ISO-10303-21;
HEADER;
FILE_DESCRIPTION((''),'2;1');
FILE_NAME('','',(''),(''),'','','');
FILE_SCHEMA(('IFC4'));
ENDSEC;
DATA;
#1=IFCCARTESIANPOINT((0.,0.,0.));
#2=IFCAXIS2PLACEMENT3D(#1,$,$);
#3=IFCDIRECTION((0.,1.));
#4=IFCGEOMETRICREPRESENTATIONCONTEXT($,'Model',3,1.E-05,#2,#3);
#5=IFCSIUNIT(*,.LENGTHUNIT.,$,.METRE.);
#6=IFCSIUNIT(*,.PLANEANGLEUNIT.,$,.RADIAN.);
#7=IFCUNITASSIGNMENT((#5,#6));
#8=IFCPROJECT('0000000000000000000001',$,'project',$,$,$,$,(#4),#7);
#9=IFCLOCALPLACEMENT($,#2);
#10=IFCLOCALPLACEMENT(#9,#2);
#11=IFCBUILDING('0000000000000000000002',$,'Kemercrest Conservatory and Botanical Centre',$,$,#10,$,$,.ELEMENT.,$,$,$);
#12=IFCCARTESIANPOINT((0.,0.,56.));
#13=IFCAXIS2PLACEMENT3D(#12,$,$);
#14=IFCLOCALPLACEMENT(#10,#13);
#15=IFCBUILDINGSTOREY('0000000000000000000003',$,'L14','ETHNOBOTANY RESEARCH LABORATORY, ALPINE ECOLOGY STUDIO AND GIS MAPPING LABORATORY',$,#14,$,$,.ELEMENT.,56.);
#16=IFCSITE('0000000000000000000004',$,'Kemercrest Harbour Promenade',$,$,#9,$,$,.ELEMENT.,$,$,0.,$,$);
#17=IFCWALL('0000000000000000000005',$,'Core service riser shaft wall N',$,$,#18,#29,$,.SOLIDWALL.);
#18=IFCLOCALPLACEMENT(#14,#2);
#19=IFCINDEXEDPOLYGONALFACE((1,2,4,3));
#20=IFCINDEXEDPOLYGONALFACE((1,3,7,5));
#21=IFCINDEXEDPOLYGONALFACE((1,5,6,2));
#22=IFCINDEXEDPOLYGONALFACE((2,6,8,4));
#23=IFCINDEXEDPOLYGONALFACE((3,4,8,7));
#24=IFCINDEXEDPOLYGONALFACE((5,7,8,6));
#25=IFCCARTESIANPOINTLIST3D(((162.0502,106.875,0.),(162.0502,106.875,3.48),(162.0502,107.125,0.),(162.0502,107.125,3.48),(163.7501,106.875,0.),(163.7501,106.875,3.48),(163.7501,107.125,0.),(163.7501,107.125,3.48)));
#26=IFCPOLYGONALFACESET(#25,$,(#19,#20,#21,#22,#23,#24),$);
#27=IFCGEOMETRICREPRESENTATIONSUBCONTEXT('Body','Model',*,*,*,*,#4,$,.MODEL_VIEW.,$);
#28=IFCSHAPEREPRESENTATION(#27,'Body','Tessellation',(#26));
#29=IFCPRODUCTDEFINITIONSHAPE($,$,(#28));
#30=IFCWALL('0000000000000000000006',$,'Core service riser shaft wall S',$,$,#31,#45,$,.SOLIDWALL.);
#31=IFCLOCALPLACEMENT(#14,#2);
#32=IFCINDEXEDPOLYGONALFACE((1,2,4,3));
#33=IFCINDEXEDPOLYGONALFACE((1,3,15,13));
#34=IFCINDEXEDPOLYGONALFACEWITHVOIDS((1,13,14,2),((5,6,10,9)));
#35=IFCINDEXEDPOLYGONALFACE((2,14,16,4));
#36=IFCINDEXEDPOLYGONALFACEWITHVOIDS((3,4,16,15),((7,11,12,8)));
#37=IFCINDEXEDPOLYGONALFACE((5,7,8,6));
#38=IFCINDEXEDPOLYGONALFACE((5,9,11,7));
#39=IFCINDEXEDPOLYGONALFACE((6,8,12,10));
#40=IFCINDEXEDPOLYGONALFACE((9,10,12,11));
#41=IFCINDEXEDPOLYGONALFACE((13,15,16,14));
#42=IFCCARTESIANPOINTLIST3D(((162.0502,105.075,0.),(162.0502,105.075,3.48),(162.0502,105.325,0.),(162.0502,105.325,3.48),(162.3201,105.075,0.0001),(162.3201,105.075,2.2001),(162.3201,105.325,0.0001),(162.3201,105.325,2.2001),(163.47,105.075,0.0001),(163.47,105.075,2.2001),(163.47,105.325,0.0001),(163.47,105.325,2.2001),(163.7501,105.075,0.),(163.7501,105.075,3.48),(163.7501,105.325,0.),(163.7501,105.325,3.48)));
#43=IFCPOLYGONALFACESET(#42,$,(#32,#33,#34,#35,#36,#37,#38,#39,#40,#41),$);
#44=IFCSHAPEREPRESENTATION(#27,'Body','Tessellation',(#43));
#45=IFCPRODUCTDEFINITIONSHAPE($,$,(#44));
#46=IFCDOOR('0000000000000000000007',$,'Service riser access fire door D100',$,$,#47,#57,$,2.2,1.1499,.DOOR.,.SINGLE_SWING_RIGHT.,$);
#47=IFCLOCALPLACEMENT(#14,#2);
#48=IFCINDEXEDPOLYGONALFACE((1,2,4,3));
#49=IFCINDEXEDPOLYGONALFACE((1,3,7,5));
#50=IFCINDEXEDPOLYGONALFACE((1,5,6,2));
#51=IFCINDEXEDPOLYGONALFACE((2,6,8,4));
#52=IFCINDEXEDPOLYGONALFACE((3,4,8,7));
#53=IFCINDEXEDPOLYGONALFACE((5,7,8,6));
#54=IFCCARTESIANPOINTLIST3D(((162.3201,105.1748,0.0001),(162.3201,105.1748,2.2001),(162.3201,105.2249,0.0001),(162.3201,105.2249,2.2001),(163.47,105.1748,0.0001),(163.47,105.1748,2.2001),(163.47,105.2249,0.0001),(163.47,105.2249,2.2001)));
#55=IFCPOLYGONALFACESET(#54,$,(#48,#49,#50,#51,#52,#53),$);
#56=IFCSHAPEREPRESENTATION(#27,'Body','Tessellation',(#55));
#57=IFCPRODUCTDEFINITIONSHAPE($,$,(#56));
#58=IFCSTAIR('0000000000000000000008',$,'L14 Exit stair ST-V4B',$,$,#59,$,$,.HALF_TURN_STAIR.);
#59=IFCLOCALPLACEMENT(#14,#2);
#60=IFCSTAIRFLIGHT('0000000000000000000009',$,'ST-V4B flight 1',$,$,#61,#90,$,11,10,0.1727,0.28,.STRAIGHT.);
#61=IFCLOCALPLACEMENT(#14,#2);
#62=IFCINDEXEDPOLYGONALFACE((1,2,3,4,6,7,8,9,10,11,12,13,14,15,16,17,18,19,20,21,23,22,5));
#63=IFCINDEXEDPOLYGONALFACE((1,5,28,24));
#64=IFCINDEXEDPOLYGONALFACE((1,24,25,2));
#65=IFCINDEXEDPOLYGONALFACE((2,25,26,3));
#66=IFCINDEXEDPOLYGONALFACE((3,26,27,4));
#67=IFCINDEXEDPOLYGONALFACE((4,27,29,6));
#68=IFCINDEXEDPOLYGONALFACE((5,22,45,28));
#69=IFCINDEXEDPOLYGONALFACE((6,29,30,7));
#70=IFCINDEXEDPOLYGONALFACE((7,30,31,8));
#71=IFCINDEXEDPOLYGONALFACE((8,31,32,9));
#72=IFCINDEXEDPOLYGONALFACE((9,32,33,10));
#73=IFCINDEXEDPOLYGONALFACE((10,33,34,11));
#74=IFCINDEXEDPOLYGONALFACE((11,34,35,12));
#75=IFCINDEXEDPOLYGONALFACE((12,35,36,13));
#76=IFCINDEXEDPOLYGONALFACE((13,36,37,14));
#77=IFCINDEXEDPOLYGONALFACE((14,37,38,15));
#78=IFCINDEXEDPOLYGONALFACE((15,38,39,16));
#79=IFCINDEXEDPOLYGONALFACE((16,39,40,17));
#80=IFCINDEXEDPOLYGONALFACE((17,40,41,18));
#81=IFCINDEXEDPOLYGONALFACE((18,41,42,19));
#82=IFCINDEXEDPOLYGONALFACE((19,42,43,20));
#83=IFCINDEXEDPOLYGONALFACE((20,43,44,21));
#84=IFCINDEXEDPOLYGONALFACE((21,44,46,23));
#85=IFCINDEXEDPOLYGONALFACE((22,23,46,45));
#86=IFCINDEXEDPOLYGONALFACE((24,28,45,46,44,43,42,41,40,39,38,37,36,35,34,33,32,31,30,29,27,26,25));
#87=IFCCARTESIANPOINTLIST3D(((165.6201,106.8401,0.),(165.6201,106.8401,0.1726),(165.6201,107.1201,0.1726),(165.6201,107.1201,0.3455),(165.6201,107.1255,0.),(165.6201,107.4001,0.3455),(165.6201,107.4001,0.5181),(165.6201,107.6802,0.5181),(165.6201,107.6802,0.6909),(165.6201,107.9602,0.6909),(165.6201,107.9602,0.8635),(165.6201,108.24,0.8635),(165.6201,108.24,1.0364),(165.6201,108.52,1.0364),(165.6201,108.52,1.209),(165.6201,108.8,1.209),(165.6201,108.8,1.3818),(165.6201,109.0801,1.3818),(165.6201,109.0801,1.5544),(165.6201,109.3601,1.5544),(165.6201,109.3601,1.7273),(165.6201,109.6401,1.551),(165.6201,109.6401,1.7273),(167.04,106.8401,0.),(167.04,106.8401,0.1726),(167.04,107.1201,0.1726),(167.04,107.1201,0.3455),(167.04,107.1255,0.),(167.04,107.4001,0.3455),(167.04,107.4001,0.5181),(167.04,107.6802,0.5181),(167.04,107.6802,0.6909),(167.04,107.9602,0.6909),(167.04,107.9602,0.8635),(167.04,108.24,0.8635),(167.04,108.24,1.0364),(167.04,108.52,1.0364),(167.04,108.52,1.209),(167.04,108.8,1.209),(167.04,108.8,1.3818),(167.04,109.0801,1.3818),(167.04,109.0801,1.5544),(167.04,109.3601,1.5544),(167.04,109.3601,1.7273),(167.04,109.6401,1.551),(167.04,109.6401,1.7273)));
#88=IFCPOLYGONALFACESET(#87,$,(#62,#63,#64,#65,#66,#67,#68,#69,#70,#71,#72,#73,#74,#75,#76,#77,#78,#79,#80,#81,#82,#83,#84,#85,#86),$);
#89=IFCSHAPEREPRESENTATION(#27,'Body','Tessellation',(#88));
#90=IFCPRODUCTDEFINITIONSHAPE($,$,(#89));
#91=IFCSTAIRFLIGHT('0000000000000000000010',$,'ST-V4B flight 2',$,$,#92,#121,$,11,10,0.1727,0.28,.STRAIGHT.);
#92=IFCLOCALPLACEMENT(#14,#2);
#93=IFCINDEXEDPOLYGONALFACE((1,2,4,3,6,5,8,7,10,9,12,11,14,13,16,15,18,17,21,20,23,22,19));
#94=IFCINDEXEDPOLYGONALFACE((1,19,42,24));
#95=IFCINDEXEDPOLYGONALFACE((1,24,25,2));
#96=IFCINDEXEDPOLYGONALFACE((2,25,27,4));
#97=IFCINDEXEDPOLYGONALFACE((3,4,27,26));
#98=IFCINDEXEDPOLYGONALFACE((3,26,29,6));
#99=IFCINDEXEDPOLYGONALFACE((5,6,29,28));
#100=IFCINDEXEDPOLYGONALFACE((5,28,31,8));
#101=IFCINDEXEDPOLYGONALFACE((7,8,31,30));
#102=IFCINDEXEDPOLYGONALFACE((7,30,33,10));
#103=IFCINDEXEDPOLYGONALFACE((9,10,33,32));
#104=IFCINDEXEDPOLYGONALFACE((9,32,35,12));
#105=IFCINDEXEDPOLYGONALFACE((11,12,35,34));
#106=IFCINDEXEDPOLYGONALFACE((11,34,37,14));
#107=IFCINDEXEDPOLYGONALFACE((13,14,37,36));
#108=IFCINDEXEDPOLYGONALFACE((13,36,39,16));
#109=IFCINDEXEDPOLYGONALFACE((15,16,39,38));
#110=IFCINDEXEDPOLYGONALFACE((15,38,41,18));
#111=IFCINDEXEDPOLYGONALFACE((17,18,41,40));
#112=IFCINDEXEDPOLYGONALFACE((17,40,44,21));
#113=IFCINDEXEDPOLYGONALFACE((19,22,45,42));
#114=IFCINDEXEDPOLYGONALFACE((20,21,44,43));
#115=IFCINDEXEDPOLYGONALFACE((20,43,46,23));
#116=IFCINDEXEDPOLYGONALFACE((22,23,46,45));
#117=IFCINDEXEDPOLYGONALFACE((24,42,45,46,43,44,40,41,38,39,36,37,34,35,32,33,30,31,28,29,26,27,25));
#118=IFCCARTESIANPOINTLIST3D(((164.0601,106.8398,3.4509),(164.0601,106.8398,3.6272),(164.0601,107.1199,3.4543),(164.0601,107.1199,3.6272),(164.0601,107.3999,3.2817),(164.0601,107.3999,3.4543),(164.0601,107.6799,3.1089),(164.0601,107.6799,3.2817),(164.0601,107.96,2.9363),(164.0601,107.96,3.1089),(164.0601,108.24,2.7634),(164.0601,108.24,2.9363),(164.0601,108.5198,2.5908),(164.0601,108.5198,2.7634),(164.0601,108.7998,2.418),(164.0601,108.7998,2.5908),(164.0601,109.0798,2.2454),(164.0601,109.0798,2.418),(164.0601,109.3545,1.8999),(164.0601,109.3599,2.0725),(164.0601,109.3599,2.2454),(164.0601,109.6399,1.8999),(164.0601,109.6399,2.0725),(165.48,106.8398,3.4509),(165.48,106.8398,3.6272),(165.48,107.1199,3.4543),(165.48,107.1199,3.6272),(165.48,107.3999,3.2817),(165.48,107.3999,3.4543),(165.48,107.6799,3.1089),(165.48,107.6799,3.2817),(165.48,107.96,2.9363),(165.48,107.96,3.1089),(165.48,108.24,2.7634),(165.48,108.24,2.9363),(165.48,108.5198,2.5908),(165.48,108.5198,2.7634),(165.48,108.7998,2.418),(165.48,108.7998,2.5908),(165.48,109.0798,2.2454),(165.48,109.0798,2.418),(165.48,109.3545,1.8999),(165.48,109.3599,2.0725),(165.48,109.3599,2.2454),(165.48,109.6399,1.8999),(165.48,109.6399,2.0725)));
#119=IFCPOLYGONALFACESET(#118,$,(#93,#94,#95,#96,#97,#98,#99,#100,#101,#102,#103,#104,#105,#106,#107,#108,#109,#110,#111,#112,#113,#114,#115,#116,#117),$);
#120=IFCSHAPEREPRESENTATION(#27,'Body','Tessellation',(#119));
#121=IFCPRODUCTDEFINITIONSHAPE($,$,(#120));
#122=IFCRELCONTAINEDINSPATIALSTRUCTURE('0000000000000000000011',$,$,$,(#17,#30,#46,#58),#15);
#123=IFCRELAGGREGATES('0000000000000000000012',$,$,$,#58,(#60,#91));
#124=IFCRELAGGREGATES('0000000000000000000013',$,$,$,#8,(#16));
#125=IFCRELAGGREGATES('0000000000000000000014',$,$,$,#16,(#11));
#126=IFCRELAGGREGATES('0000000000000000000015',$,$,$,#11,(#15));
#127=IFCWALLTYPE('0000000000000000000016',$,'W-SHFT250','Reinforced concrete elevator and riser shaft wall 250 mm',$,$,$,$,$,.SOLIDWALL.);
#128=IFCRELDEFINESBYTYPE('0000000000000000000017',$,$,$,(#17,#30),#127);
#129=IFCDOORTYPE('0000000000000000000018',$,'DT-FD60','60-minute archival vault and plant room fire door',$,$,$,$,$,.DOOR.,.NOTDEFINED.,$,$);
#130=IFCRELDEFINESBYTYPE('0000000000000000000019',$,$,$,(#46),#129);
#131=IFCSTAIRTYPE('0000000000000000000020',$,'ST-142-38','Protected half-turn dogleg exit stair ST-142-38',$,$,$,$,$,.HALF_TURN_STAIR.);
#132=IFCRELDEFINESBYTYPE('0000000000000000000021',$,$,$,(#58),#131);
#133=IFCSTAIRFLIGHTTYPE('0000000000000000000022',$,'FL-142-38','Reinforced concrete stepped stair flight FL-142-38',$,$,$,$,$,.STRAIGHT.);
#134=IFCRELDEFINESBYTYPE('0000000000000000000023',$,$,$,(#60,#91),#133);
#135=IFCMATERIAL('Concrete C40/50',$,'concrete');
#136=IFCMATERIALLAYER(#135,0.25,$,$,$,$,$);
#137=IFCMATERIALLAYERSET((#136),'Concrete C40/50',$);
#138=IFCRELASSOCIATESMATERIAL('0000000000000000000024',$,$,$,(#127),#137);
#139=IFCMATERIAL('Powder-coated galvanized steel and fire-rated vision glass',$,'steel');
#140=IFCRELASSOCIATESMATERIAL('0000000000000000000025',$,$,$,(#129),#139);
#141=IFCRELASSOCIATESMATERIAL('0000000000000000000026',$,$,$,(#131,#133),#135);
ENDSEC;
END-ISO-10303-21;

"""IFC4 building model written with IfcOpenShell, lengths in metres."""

from ifc_helpers import new_model, si_unit, direction, frame, frame_2d, origin, place, context, subcontext, project, spatial, polyline, rectangle, outline, extrude, material, layer, layer_set, type_object, element, fill, aggregate, save


model = new_model("IFC4")

# Units and contexts
model_context = context("Model", 3, precision=1e-05, world=origin(), true_north=direction((0.0, 1.0)))
body_context = subcontext(model_context, "Body", "Model", "MODEL_VIEW")
ifc_project = project(units=[si_unit("LENGTHUNIT", "METRE"), si_unit("PLANEANGLEUNIT", "RADIAN")], contexts=[model_context])

# Site, building, storey
site_placement = place(None, origin())
site = spatial("IfcSite", under=ifc_project, at=site_placement, Name="Kemercrest Harbour Promenade", CompositionType="ELEMENT", RefElevation=0.0)
building_placement = place(site_placement, origin())
building = spatial("IfcBuilding", under=site, at=building_placement, Name="Kemercrest Conservatory and Botanical Centre", CompositionType="ELEMENT")
storey_placement = place(building_placement, frame((0.0, 0.0, 56.0)))
storey = spatial("IfcBuildingStorey", under=building, at=storey_placement, Name="L14", Description="ETHNOBOTANY RESEARCH LABORATORY, ALPINE ECOLOGY STUDIO AND GIS MAPPING LABORATORY", CompositionType="ELEMENT", Elevation=56.0)

# Shared definitions
ifc_material_1 = material(Name="Powder-coated galvanized steel and fire-rated vision glass", Category="steel")

# Shared definitions
ifc_material_2 = material(Name="Concrete C40/50", Category="concrete")
ifc_layer_1 = layer(ifc_material_2, 0.25)
ifc_layer_set_1 = layer_set([ifc_layer_1], Name="Concrete C40/50")
wall_type_1 = type_object("IfcWallType", Name="W-SHFT250", Description="Reinforced concrete elevator and riser shaft wall 250 mm", PredefinedType="SOLIDWALL", material=ifc_layer_set_1)

# Wall
wall_1_placement = place(storey_placement, frame((162.05, 107.0, 0.0), z_axis=(0.0, 0.0, 1.0), x_axis=(1.0, 0.0, 0.0)))
element("IfcWall", 1, at=wall_1_placement, inside=storey, type_object=wall_type_1, Name="Core service riser shaft wall N", PredefinedType="SOLIDWALL", context=body_context, shape_type="SweptSolid", body=[
    extrude(rectangle(XDim=1.7, YDim=0.25, at=frame_2d((0.8501, 0.0))), origin(), (0.0, 0.0, 1.0), 3.48),
])

# Wall, opening, door
wall_2_placement = place(storey_placement, frame((162.05, 105.2, 0.0), z_axis=(0.0, 0.0, 1.0), x_axis=(1.0, 0.0, 0.0)))
wall_2 = element("IfcWall", 2, at=wall_2_placement, inside=storey, type_object=wall_type_1, Name="Core service riser shaft wall S", PredefinedType="SOLIDWALL", context=body_context, shape_type="SweptSolid", body=[
    extrude(rectangle(XDim=1.7, YDim=0.25, at=frame_2d((0.8501, 0.0))), origin(), (0.0, 0.0, 1.0), 3.48),
])
opening_1_placement = place(wall_2_placement, frame((0.27, 0.0, 0.0)))
opening_1 = element("IfcOpeningElement", 3, at=opening_1_placement, cuts=wall_2, PredefinedType="OPENING", context=body_context, shape_type="SweptSolid", body=[
    extrude(rectangle(XDim=1.1499, YDim=2.2, at=frame_2d((0.575, 1.1001))), frame((0.0, 0.135, 0.0), z_axis=(0.0, -1.0, 0.0), x_axis=(1.0, 0.0, 0.0)), (0.0, 0.0, 1.0), 0.27),
])
door_type_1 = type_object("IfcDoorType", Name="DT-FD60", Description="60-minute archival vault and plant room fire door", OperationType="NOTDEFINED", PredefinedType="DOOR", material=ifc_material_1)
door_1_placement = place(opening_1_placement, origin())
door_1 = element("IfcDoor", 4, at=door_1_placement, inside=storey, type_object=door_type_1, Name="Service riser access fire door D100", OperationType="SINGLE_SWING_RIGHT", OverallHeight=2.2, OverallWidth=1.1499, PredefinedType="DOOR", context=body_context, shape_type="SweptSolid", body=[
    extrude(rectangle(XDim=1.1499, YDim=2.2, at=frame_2d((0.575, 1.1001))), frame((0.0, 0.0249, 0.0), z_axis=(0.0, -1.0, 0.0), x_axis=(1.0, 0.0, 0.0)), (0.0, 0.0, 1.0), 0.05),
])
fill(opening_1, door_1)

# Stair, stair flights
stair_type = type_object("IfcStairType", Name="ST-142-38", Description="Protected half-turn dogleg exit stair ST-142-38", PredefinedType="HALF_TURN_STAIR", material=ifc_material_2)
stair_placement = place(storey_placement, origin())
stair = element("IfcStair", 5, at=stair_placement, inside=storey, type_object=stair_type, Name="L14 Exit stair ST-V4B", PredefinedType="HALF_TURN_STAIR")
stair_flight_type = type_object("IfcStairFlightType", Name="FL-142-38", Description="Reinforced concrete stepped stair flight FL-142-38", PredefinedType="STRAIGHT", material=ifc_material_2)
stair_flight_1_placement = place(storey_placement, frame((166.3301, 106.8401, 0.0), z_axis=(0.0, 0.0, 1.0), x_axis=(0.0, 1.0, 0.0)))
stair_flight_1 = element("IfcStairFlight", 6, at=stair_flight_1_placement, type_object=stair_flight_type, Name="ST-V4B flight 1", NumberOfRisers=11, NumberOfTreads=10, PredefinedType="STRAIGHT", RiserHeight=0.1727, TreadLength=0.28, context=body_context, shape_type="SweptSolid", body=[
    extrude(outline(polyline([(0.0, 0.0), (0.0, 0.1726), (0.28, 0.1726), (0.28, 0.3455), (0.5601, 0.3455), (0.5601, 0.5181), (0.8401, 0.5181), (0.8401, 0.6909), (1.1201, 0.6909), (1.1201, 0.8635), (1.3999, 0.8635), (1.3999, 1.0364), (1.6799, 1.0364), (1.6799, 1.209), (1.96, 1.209), (1.96, 1.3818), (2.24, 1.3818), (2.24, 1.5544), (2.52, 1.5544), (2.52, 1.7273), (2.8, 1.7273), (2.8, 1.8999), (2.8, 1.551), (0.2854, 0.0), (0.0, 0.0)])), frame((0.0, 0.71, 0.0), z_axis=(0.0, -1.0, 0.0), x_axis=(1.0, 0.0, 0.0)), (0.0, 0.0, 1.0), 1.4199),
])
stair_flight_2_placement = place(storey_placement, frame((164.77, 109.6399, 1.8999), z_axis=(0.0, 0.0, 1.0), x_axis=(0.0, -1.0, 0.0)))
stair_flight_2 = element("IfcStairFlight", 7, at=stair_flight_2_placement, type_object=stair_flight_type, Name="ST-V4B flight 2", NumberOfRisers=11, NumberOfTreads=10, PredefinedType="STRAIGHT", RiserHeight=0.1727, TreadLength=0.28, context=body_context, shape_type="SweptSolid", body=[
    extrude(outline(polyline([(0.0, 0.0), (0.0, 0.1726), (0.28, 0.1726), (0.28, 0.3455), (0.5601, 0.3455), (0.5601, 0.5181), (0.8401, 0.5181), (0.8401, 0.6909), (1.1201, 0.6909), (1.1201, 0.8635), (1.3999, 0.8635), (1.3999, 1.0364), (1.6799, 1.0364), (1.6799, 1.209), (1.96, 1.209), (1.96, 1.3818), (2.24, 1.3818), (2.24, 1.5544), (2.52, 1.5544), (2.52, 1.7273), (2.8, 1.7273), (2.8, 1.8999), (2.8, 1.551), (0.2854, 0.0), (0.0, 0.0)])), frame((0.0, 0.71, 0.0), z_axis=(0.0, -1.0, 0.0), x_axis=(1.0, 0.0, 0.0)), (0.0, 0.0, 1.0), 1.4199),
])
aggregate(stair, [stair_flight_1, stair_flight_2])

save(model, "model.ifc")
